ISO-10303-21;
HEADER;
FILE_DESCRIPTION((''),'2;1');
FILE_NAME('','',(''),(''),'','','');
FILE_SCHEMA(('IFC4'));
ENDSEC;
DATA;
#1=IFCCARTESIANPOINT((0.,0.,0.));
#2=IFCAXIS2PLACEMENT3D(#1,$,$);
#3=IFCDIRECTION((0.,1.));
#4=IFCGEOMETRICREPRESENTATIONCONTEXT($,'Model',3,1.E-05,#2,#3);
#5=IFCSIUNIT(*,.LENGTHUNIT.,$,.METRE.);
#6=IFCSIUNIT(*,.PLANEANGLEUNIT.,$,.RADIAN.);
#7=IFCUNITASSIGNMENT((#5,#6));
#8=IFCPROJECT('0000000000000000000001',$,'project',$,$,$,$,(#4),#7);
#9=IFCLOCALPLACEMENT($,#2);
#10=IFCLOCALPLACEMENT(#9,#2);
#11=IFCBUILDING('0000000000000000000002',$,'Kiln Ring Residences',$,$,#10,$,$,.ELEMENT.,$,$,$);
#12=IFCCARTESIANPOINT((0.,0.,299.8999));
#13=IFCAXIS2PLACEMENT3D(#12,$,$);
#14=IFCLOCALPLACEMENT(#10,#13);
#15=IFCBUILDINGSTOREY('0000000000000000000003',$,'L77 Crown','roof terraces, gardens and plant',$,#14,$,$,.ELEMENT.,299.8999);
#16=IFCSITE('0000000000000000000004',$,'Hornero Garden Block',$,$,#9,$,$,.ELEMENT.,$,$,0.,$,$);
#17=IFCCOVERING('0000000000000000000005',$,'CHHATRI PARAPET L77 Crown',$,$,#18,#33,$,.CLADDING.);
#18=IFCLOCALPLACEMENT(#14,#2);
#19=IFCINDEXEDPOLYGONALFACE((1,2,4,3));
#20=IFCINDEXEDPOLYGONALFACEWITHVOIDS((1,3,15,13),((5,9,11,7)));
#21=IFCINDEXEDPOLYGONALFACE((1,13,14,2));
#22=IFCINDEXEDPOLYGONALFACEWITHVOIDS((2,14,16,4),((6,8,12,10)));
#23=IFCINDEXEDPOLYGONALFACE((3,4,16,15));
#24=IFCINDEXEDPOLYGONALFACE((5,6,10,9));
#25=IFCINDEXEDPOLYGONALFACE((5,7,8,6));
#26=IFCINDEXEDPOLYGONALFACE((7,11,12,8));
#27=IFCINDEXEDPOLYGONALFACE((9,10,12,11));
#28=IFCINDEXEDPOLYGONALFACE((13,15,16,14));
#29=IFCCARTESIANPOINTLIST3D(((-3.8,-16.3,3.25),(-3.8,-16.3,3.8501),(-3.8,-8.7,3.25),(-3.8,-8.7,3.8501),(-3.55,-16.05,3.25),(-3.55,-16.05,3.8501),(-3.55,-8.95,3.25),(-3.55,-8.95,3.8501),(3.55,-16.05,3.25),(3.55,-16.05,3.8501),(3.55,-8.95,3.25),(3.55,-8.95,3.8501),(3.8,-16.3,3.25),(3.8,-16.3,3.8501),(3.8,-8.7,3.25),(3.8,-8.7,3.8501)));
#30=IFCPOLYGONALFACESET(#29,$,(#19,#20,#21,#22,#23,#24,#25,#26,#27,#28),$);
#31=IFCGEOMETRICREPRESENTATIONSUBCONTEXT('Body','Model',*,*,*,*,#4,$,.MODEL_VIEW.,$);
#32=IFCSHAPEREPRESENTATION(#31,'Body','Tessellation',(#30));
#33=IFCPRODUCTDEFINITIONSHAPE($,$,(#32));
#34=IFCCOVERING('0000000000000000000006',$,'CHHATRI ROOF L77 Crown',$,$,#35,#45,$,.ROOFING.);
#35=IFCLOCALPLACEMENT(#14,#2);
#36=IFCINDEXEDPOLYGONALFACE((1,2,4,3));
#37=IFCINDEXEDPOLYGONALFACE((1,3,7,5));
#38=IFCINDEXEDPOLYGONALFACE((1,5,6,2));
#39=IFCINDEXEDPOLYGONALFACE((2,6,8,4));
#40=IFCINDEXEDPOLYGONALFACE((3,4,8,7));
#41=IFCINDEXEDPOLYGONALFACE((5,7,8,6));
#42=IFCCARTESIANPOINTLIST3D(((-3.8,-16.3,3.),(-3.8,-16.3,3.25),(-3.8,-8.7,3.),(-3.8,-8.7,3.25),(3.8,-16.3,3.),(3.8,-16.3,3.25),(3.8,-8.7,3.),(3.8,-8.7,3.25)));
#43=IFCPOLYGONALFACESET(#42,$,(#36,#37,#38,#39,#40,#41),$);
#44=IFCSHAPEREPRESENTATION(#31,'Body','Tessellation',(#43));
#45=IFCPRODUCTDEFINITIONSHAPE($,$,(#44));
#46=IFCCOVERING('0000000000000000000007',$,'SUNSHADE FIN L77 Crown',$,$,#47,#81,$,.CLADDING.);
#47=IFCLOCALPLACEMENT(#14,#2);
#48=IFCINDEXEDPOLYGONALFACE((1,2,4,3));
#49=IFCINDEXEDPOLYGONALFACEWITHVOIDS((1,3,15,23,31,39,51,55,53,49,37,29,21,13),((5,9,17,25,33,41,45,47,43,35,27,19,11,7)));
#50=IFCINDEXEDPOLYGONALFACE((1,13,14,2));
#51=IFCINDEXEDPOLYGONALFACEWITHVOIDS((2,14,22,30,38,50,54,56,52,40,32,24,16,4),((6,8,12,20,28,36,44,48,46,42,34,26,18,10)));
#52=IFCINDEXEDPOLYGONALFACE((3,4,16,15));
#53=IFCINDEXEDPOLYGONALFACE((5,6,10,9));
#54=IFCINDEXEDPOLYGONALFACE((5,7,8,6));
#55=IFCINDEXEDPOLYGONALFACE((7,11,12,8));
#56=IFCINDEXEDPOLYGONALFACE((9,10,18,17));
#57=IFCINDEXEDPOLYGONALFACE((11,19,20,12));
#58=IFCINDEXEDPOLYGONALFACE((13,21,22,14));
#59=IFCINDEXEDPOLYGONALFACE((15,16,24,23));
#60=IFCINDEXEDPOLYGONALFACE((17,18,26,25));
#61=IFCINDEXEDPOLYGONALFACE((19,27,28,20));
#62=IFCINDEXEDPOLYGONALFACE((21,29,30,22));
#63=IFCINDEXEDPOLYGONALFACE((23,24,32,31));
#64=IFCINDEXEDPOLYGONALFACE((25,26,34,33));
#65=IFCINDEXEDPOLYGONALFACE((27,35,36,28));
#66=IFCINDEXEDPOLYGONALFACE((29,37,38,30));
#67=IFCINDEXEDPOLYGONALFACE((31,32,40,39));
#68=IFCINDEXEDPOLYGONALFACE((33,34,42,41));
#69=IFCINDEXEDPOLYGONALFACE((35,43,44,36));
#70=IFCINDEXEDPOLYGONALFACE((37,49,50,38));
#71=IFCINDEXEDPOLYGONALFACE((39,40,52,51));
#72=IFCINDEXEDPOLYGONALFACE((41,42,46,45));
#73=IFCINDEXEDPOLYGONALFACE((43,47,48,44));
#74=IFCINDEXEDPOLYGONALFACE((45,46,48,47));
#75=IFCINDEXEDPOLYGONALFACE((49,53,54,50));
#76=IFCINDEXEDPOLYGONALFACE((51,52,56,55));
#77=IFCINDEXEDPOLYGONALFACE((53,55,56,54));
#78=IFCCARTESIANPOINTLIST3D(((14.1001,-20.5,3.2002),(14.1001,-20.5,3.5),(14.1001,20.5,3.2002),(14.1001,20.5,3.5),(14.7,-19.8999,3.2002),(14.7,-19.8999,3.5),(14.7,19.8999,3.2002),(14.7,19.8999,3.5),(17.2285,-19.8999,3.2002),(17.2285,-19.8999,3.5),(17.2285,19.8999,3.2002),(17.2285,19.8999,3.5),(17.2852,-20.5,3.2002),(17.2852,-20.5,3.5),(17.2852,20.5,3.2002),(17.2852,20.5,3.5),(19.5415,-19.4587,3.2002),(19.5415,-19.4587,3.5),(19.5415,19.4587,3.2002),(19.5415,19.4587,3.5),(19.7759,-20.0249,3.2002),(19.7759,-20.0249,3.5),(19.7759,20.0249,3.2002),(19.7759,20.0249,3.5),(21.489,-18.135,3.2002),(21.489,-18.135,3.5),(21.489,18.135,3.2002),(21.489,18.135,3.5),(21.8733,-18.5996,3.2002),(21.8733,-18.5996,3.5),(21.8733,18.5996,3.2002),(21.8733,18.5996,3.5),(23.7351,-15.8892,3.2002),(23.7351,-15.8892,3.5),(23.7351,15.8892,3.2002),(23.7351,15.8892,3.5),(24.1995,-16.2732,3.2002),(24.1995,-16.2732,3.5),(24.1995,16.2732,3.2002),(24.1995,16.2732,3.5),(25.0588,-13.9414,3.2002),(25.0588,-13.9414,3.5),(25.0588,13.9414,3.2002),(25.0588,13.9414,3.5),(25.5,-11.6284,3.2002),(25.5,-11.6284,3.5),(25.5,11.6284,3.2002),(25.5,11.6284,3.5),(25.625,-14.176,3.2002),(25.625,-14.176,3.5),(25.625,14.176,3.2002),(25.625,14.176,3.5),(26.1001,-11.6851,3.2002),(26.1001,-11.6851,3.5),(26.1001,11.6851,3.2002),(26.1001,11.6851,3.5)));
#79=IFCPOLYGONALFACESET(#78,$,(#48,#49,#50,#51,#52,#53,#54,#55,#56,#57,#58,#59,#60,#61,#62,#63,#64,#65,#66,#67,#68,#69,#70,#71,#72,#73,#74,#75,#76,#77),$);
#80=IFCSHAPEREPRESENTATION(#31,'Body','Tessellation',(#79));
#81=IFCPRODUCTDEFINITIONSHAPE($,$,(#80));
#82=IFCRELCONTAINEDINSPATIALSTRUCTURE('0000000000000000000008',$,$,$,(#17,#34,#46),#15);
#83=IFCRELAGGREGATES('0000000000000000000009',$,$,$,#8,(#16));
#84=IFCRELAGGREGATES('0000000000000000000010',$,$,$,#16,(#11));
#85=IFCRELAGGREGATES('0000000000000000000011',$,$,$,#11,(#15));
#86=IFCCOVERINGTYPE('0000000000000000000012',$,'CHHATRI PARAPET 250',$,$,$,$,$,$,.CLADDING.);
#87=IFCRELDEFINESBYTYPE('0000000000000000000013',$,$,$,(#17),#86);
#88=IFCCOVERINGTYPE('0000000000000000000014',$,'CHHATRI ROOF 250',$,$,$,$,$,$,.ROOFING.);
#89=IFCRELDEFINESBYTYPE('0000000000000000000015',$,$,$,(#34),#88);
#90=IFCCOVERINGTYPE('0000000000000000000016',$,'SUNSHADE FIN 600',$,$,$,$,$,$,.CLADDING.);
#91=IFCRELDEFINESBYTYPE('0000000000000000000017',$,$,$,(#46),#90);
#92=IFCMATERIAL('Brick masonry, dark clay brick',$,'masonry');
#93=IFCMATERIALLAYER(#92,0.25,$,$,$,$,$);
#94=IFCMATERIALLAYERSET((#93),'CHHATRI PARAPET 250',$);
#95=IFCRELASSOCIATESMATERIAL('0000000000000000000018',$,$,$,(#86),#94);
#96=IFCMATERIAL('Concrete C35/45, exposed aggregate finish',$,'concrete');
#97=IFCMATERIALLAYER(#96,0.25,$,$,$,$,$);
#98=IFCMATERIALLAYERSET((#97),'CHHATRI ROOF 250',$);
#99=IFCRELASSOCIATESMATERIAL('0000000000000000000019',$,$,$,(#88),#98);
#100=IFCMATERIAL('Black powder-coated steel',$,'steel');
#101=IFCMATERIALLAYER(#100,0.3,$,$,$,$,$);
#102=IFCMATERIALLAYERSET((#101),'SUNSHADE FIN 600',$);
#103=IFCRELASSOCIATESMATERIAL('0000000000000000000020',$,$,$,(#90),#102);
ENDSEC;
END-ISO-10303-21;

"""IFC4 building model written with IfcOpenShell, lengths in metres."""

from ifc_helpers import new_model, si_unit, direction, frame, origin, place, context, subcontext, project, spatial, polyline, outline, extrude, material, layer, layer_set, type_object, element, save


model = new_model("IFC4")

# Units and contexts
model_context = context("Model", 3, precision=1e-05, world=origin(), true_north=direction((0.0, 1.0)))
body_context = subcontext(model_context, "Body", "Model", "MODEL_VIEW")
ifc_project = project(units=[si_unit("LENGTHUNIT", "METRE"), si_unit("PLANEANGLEUNIT", "RADIAN")], contexts=[model_context])

# Site, building, storey
site_placement = place(None, origin())
site = spatial("IfcSite", under=ifc_project, at=site_placement, Name="Hornero Garden Block", CompositionType="ELEMENT", RefElevation=0.0)
building_placement = place(site_placement, origin())
building = spatial("IfcBuilding", under=site, at=building_placement, Name="Kiln Ring Residences", CompositionType="ELEMENT")
storey_placement = place(building_placement, frame((0.0, 0.0, 299.8999)))
storey = spatial("IfcBuildingStorey", under=building, at=storey_placement, Name="L77 Crown", Description="roof terraces, gardens and plant", CompositionType="ELEMENT", Elevation=299.8999)

# Coverings
ifc_material_1 = material(Name="Brick masonry, dark clay brick", Category="masonry")
ifc_layer_1 = layer(ifc_material_1, 0.25)
ifc_layer_set_1 = layer_set([ifc_layer_1], Name="CHHATRI PARAPET 250")
covering_type_1 = type_object("IfcCoveringType", Name="CHHATRI PARAPET 250", PredefinedType="CLADDING", material=ifc_layer_set_1)
covering_1_placement = place(storey_placement, frame((0.0, 0.0, 3.25)))
element("IfcCovering", 1, at=covering_1_placement, inside=storey, type_object=covering_type_1, Name="CHHATRI PARAPET L77 Crown", PredefinedType="CLADDING", context=body_context, shape_type="SweptSolid", body=[
    extrude(outline(polyline([(-3.8, -16.3), (3.8, -16.3), (3.8, -8.7), (-3.8, -8.7), (-3.8, -16.3)]), holes=[polyline([(3.55, -8.95), (3.55, -16.05), (-3.55, -16.05), (-3.55, -8.95), (3.55, -8.95)])]), origin(), (0.0, 0.0, 1.0), 0.6001),
])
ifc_material_2 = material(Name="Concrete C35/45, exposed aggregate finish", Category="concrete")
ifc_layer_2 = layer(ifc_material_2, 0.25)
ifc_layer_set_2 = layer_set([ifc_layer_2], Name="CHHATRI ROOF 250")
covering_type_2 = type_object("IfcCoveringType", Name="CHHATRI ROOF 250", PredefinedType="ROOFING", material=ifc_layer_set_2)
covering_2_placement = place(storey_placement, frame((0.0, 0.0, 3.0)))
element("IfcCovering", 2, at=covering_2_placement, inside=storey, type_object=covering_type_2, Name="CHHATRI ROOF L77 Crown", PredefinedType="ROOFING", context=body_context, shape_type="SweptSolid", body=[
    extrude(outline(polyline([(3.8, -16.3), (3.8, -8.7), (-3.8, -8.7), (-3.8, -16.3), (3.8, -16.3)])), origin(), (0.0, 0.0, 1.0), 0.25),
])
ifc_material_3 = material(Name="Black powder-coated steel", Category="steel")
ifc_layer_3 = layer(ifc_material_3, 0.3)
ifc_layer_set_3 = layer_set([ifc_layer_3], Name="SUNSHADE FIN 600")
covering_type_3 = type_object("IfcCoveringType", Name="SUNSHADE FIN 600", PredefinedType="CLADDING", material=ifc_layer_set_3)
covering_3_placement = place(storey_placement, frame((0.0, 0.0, 3.2002)))
element("IfcCovering", 3, at=covering_3_placement, inside=storey, type_object=covering_type_3, Name="SUNSHADE FIN L77 Crown", PredefinedType="CLADDING", context=body_context, shape_type="SweptSolid", body=[
    extrude(outline(polyline([(17.2852, 20.5), (14.1001, 20.5), (14.1001, -20.5), (17.2852, -20.5), (19.7759, -20.0249), (21.8733, -18.5996), (24.1995, -16.2732), (25.625, -14.176), (26.1001, -11.6851), (26.1001, 11.6851), (25.625, 14.176), (24.1995, 16.2732), (21.8733, 18.5996), (19.7759, 20.0249), (17.2852, 20.5)]), holes=[polyline([(14.7, -19.8999), (14.7, 19.8999), (17.2285, 19.8999), (19.5415, 19.4587), (21.489, 18.135), (23.7351, 15.8892), (25.0588, 13.9414), (25.5, 11.6284), (25.5, -11.6284), (25.0588, -13.9414), (23.7351, -15.8892), (21.489, -18.135), (19.5415, -19.4587), (17.2285, -19.8999), (14.7, -19.8999)])]), origin(), (0.0, 0.0, 1.0), 0.2998),
])

save(model, "model.ifc")
